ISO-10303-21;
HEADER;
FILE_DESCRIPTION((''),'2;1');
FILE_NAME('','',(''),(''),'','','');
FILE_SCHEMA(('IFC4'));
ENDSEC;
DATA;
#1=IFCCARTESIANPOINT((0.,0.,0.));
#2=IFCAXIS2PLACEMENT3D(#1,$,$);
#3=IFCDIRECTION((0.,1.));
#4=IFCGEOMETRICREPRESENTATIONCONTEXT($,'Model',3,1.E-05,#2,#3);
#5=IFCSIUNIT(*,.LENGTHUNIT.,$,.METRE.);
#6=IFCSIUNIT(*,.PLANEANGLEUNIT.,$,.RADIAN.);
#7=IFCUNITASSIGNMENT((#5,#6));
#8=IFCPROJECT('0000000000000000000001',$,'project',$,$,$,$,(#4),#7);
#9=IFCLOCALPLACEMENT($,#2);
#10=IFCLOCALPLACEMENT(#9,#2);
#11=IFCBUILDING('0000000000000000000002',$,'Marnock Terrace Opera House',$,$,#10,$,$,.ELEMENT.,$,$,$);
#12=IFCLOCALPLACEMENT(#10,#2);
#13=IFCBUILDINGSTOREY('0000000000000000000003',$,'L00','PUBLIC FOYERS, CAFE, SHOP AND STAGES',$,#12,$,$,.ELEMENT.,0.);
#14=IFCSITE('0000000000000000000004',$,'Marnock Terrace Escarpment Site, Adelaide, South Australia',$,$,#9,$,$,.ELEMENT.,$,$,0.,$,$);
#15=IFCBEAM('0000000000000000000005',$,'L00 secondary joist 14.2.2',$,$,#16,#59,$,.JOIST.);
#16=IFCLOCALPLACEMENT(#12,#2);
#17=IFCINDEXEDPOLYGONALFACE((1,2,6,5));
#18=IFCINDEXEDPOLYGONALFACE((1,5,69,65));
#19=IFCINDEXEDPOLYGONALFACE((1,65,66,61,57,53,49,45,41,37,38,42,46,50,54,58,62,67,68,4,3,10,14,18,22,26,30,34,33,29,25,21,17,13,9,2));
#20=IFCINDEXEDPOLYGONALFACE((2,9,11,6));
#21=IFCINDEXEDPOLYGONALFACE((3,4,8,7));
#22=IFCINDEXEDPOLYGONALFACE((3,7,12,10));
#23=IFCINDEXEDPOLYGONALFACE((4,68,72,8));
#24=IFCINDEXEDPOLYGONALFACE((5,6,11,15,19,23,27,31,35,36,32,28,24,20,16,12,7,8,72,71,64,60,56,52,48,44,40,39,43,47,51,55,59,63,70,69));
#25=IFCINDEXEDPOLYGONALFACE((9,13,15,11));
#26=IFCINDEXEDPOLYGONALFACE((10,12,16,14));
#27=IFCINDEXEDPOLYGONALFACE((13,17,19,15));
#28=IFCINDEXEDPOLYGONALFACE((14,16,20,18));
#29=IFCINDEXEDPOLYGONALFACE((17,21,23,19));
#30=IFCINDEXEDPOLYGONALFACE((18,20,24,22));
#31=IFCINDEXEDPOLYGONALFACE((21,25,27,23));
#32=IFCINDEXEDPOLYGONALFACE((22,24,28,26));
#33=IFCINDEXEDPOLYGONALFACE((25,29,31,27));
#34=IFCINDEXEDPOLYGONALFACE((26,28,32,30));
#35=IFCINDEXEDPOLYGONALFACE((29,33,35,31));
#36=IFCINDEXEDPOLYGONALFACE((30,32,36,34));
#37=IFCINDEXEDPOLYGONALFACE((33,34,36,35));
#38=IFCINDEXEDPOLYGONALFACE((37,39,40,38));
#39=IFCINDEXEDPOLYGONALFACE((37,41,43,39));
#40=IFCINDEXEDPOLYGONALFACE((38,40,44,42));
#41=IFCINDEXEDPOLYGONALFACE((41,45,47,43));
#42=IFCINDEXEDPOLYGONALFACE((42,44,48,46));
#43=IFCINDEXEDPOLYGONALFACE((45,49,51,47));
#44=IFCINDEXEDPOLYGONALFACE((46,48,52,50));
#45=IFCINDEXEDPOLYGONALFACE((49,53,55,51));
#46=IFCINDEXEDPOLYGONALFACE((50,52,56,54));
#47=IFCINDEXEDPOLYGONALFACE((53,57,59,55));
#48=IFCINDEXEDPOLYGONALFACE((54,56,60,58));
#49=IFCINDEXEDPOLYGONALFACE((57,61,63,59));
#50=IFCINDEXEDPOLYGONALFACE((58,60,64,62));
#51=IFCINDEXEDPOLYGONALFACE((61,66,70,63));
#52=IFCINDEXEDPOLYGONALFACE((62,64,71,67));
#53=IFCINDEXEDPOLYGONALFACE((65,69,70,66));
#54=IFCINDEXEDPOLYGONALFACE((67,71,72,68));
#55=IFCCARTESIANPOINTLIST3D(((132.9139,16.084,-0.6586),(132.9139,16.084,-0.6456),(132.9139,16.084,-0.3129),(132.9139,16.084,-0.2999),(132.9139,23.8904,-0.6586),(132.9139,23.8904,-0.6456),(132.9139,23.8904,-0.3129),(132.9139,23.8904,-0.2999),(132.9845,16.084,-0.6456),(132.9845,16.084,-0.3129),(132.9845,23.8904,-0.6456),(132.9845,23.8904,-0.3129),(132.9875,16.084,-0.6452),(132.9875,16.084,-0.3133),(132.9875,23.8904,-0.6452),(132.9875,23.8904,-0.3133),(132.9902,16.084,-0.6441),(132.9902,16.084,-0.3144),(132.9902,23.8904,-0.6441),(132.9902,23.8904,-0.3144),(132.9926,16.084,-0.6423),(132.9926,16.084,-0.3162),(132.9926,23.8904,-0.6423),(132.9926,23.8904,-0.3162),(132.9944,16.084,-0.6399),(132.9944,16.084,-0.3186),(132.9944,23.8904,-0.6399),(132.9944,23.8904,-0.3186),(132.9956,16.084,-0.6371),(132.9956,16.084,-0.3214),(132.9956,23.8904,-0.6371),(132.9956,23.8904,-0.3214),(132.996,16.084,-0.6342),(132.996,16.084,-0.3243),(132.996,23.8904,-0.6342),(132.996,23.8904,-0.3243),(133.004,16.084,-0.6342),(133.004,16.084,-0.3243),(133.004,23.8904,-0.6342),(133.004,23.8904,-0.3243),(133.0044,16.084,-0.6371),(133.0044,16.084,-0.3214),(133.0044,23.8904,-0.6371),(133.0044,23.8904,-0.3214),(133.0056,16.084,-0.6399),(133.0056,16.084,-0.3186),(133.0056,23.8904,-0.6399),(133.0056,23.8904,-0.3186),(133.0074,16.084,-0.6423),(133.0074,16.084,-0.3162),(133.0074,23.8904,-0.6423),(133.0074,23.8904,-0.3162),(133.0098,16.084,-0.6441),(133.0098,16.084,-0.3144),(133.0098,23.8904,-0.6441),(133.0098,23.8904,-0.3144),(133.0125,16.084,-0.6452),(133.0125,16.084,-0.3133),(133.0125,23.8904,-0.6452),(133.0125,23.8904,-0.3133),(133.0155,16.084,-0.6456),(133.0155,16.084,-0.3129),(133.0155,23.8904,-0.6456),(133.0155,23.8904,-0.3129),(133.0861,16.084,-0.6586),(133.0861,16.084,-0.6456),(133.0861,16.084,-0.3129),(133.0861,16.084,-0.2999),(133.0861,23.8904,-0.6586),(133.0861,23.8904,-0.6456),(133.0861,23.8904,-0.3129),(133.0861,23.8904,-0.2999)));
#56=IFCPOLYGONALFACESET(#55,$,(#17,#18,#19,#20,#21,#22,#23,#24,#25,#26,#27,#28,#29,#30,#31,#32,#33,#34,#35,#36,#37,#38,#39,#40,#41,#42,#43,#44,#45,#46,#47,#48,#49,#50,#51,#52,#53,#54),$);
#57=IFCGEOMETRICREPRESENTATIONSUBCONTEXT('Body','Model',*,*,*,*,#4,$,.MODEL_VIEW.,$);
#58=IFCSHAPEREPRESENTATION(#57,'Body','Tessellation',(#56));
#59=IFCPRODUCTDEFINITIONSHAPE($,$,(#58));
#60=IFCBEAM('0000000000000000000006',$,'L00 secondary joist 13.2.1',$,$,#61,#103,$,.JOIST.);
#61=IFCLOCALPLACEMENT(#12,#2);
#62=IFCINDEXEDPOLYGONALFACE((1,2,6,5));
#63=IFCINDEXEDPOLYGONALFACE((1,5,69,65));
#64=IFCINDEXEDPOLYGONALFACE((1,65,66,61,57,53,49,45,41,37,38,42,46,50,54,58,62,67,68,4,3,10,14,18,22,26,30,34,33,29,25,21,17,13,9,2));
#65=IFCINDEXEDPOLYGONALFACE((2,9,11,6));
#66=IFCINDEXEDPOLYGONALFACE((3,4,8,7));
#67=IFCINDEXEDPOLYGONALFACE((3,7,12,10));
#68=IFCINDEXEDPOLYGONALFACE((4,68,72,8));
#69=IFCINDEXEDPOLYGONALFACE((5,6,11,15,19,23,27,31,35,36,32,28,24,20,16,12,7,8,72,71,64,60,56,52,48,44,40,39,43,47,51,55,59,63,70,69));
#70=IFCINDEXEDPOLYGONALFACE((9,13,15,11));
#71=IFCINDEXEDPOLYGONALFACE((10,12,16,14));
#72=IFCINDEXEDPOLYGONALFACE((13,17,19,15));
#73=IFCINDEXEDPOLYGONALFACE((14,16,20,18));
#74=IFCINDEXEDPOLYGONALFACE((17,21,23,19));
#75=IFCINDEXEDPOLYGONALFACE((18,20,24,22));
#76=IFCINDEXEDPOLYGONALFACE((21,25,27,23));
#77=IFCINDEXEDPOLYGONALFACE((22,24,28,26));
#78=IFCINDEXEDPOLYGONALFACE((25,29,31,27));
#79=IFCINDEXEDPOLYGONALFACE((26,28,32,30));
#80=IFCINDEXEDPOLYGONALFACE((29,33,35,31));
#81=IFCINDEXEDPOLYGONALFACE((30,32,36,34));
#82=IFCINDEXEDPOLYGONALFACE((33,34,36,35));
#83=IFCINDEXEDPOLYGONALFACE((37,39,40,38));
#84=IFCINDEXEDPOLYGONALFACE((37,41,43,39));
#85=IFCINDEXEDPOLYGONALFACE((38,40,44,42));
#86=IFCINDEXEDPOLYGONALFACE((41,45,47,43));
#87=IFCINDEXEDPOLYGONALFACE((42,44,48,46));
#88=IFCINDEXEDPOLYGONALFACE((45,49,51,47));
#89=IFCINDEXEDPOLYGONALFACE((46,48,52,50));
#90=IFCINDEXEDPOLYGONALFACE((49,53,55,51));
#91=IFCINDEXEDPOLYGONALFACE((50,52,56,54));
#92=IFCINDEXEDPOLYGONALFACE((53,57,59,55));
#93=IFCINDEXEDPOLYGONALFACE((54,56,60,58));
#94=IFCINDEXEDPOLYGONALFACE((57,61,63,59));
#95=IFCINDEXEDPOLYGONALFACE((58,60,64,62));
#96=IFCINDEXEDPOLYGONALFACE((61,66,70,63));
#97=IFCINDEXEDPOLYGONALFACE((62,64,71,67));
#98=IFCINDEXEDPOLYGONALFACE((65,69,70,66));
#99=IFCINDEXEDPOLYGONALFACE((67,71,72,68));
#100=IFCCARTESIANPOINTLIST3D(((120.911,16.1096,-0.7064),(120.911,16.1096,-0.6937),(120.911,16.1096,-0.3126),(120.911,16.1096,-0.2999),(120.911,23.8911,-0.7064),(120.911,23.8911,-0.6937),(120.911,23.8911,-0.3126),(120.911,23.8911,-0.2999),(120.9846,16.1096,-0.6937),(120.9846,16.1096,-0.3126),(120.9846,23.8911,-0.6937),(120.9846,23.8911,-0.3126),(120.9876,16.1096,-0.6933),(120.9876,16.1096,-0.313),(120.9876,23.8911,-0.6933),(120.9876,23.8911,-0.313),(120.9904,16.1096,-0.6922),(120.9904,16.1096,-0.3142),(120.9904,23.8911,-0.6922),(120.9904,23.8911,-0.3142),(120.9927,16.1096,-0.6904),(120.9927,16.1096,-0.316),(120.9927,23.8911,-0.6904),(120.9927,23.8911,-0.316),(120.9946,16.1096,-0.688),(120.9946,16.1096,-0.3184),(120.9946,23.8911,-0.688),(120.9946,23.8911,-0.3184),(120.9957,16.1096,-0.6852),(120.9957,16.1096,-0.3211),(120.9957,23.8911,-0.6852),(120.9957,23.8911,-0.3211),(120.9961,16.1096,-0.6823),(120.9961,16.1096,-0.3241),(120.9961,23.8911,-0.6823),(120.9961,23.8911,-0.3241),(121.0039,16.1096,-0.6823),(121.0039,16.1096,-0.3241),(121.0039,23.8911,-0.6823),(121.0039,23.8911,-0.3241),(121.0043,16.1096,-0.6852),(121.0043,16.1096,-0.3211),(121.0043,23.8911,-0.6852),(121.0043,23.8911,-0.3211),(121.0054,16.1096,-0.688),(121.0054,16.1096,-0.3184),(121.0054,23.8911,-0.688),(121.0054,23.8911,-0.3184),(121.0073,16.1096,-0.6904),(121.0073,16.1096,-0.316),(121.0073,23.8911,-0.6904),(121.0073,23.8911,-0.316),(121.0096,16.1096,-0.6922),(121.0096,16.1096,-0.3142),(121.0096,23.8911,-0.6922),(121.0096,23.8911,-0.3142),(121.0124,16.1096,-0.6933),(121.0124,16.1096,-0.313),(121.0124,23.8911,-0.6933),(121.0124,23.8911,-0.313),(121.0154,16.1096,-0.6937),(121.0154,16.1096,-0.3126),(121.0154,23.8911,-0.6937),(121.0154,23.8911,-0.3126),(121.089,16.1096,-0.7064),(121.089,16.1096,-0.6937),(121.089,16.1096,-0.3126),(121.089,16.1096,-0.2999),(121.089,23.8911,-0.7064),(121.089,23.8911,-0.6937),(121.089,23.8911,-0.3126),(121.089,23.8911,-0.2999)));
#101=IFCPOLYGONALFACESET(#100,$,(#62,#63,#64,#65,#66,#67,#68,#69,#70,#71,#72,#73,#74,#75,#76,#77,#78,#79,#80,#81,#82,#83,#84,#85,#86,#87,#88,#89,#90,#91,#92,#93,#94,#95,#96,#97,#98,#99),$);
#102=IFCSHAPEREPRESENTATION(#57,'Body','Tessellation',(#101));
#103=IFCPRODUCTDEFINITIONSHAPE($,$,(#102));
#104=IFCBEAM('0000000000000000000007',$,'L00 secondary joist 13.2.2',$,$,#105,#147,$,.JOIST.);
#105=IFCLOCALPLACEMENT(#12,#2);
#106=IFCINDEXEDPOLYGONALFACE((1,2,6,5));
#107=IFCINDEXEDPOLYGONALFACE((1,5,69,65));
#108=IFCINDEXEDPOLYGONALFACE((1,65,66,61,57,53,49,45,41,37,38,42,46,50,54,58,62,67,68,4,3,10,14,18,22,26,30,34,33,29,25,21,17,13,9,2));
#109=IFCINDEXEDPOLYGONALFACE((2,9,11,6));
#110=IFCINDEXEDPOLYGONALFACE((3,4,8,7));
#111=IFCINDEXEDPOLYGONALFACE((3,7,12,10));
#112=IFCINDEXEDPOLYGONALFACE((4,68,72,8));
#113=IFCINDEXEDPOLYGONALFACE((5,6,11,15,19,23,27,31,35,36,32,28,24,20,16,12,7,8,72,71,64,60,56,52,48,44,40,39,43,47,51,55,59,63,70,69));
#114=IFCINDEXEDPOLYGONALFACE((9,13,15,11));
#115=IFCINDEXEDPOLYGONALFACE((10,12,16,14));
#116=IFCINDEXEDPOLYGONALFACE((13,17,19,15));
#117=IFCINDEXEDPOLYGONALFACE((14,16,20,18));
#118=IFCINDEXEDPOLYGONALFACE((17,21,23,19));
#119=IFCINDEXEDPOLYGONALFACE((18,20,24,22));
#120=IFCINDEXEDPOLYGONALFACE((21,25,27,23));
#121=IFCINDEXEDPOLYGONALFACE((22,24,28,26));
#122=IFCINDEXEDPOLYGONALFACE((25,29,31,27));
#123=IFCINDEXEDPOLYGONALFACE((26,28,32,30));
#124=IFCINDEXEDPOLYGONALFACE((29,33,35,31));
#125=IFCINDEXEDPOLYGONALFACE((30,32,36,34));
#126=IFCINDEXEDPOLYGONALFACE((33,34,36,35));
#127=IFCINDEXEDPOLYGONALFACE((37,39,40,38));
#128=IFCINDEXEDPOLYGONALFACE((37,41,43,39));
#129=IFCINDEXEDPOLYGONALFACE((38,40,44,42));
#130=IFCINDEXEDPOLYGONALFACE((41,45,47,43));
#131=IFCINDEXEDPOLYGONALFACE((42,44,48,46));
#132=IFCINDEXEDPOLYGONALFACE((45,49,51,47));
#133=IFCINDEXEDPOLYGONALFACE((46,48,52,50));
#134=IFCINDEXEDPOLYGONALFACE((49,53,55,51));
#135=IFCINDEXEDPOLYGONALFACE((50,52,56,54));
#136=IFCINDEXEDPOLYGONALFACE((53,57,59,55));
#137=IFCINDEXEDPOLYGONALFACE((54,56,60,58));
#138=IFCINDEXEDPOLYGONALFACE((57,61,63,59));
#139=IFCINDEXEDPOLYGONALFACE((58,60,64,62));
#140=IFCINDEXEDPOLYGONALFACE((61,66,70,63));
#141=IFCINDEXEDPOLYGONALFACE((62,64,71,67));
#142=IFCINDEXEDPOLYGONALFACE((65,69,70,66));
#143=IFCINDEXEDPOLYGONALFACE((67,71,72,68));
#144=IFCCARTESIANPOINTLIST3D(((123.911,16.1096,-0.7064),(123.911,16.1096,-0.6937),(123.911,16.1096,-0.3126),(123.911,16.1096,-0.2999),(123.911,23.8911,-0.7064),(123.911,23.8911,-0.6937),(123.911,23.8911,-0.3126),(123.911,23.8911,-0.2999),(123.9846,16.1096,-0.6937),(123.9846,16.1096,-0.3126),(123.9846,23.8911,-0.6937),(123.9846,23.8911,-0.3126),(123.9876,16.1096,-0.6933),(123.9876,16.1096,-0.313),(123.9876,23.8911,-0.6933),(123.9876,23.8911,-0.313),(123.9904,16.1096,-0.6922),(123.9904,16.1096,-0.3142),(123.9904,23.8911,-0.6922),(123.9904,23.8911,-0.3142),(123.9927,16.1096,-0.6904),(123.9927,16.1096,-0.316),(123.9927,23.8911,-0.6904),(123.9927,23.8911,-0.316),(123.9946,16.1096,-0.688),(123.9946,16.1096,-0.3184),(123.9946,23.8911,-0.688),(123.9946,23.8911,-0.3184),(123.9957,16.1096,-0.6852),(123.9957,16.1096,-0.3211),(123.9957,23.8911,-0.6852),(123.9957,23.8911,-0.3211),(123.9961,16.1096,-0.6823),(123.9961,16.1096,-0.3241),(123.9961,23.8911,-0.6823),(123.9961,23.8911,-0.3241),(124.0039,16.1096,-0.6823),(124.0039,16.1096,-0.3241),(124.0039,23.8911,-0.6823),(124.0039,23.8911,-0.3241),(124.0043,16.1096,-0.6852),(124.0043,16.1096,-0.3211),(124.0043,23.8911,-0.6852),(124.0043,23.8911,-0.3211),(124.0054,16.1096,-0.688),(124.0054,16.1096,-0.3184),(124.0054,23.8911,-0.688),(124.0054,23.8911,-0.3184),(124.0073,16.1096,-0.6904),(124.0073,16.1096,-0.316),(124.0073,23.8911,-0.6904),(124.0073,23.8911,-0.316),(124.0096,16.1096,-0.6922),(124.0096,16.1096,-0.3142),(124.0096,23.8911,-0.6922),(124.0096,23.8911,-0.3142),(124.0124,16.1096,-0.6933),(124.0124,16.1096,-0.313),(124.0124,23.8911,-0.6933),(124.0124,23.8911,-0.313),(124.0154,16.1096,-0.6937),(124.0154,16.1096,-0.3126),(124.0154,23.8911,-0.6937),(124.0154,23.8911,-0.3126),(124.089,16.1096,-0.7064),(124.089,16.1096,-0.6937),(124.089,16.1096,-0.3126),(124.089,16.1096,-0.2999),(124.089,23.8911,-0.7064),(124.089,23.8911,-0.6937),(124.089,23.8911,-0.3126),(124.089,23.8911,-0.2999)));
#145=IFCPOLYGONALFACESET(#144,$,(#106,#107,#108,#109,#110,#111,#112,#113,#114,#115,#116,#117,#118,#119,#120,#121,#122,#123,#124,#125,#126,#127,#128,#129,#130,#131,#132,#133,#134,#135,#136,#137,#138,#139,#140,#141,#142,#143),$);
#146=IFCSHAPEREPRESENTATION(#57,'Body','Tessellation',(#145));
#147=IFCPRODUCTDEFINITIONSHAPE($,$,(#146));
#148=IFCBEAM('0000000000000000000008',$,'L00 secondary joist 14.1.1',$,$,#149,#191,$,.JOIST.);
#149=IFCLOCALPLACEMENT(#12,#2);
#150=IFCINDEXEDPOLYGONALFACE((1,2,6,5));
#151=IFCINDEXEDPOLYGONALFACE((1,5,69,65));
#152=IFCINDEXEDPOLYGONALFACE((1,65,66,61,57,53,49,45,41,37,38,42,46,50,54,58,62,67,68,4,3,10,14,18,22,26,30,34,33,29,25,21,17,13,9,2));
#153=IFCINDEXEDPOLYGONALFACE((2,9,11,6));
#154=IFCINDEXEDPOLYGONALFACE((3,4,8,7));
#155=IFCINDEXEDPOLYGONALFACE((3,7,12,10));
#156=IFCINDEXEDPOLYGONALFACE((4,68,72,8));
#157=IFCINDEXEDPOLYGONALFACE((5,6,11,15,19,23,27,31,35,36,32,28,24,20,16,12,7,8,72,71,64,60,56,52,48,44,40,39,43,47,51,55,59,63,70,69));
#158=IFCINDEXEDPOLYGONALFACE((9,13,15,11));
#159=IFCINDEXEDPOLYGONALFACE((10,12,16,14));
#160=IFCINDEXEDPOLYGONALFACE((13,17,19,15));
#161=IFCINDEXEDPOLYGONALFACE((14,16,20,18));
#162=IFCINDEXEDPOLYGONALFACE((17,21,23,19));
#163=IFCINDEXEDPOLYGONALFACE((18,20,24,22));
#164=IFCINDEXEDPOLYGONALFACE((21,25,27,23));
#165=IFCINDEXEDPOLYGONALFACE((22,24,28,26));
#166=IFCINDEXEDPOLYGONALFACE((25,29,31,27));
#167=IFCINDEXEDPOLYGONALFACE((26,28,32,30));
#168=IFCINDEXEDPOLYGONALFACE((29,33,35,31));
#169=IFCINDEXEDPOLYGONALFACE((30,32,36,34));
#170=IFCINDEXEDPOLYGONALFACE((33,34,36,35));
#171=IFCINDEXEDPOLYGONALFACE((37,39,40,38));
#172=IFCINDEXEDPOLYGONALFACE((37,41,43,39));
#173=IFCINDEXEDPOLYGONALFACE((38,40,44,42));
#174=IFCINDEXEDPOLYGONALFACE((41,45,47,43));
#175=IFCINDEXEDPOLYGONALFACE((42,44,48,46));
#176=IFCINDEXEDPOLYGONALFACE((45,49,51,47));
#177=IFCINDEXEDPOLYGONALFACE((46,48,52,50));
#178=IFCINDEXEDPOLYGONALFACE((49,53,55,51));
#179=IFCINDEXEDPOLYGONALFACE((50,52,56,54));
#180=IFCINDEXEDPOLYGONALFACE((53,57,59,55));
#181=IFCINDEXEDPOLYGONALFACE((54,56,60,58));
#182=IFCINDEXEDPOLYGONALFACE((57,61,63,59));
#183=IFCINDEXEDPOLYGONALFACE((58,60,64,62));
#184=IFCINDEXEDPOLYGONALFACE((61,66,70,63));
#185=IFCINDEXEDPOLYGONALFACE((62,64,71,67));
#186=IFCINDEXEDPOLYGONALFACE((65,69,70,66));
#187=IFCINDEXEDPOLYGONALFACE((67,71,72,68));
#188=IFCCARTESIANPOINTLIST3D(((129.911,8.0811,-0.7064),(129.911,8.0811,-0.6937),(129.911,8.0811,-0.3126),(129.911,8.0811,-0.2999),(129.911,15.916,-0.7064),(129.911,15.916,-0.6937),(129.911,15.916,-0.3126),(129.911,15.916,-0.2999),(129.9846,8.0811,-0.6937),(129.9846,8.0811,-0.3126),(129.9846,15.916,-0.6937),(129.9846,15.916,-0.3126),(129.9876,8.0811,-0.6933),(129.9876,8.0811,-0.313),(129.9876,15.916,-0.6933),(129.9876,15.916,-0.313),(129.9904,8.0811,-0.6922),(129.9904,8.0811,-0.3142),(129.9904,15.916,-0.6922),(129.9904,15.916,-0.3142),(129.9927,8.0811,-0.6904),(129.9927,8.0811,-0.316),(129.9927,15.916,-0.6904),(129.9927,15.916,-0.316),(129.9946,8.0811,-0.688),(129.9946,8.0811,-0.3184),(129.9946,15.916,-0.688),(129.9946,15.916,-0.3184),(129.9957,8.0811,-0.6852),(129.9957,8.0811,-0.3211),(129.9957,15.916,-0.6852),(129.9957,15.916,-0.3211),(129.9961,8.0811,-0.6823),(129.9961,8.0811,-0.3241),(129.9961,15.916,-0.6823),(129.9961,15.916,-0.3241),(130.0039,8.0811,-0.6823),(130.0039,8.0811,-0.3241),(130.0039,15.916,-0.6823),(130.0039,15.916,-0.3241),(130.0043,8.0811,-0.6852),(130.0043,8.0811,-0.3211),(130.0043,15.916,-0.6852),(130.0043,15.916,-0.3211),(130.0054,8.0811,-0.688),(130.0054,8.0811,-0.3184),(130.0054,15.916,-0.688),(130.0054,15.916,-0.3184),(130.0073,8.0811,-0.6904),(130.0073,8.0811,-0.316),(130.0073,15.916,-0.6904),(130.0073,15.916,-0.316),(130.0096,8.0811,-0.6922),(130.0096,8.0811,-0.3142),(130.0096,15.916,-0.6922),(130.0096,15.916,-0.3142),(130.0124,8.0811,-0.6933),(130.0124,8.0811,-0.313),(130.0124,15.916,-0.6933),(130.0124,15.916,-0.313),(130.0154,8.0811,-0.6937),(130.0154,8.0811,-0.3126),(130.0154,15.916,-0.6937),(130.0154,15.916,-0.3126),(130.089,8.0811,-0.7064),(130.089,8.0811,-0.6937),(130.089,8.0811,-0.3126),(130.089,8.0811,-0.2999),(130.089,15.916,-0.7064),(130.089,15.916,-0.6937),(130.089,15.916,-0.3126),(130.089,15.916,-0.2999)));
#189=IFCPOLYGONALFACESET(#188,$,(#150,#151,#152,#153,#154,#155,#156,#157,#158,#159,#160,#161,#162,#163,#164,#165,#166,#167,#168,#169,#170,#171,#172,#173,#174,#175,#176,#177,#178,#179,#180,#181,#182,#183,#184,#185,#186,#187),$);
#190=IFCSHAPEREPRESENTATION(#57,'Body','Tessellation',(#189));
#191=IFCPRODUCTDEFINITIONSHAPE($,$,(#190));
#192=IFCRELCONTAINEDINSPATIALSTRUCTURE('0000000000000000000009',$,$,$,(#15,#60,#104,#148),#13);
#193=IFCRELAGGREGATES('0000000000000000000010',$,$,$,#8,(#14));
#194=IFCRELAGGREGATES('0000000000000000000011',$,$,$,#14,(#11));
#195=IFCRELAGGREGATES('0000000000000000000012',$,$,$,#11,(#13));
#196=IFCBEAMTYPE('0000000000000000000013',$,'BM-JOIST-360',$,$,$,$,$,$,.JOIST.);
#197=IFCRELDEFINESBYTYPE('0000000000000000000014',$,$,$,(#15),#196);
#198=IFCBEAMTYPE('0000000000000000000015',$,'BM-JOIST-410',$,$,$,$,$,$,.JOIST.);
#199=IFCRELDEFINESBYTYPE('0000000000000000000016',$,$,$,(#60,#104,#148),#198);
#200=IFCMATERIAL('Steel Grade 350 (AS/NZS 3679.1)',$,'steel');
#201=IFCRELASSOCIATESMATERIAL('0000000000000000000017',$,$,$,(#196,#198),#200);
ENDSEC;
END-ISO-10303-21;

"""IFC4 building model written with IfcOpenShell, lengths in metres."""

from ifc_helpers import new_model, si_unit, direction, frame, origin, origin_2d, place, context, subcontext, project, spatial, i_section, extrude, material, material_profile, profile_set, type_object, element, save


model = new_model("IFC4")

# Units and contexts
model_context = context("Model", 3, precision=1e-05, world=origin(), true_north=direction((0.0, 1.0)))
body_context = subcontext(model_context, "Body", "Model", "MODEL_VIEW")
ifc_project = project(units=[si_unit("LENGTHUNIT", "METRE"), si_unit("PLANEANGLEUNIT", "RADIAN")], contexts=[model_context])

# Site, building, storey
site_placement = place(None, origin())
site = spatial("IfcSite", under=ifc_project, at=site_placement, Name="Marnock Terrace Escarpment Site, Adelaide, South Australia", CompositionType="ELEMENT", RefElevation=0.0)
building_placement = place(site_placement, origin())
building = spatial("IfcBuilding", under=site, at=building_placement, Name="Marnock Terrace Opera House", CompositionType="ELEMENT")
storey_placement = place(building_placement, origin())
storey = spatial("IfcBuildingStorey", under=building, at=storey_placement, Name="L00", Description="PUBLIC FOYERS, CAFE, SHOP AND STAGES", CompositionType="ELEMENT", Elevation=0.0)

# Beams
ifc_material_1 = material(Name="Steel Grade 350 (AS/NZS 3679.1)", Category="steel")
ifc_material_profile_1 = material_profile(ifc_material_1, i_section(OverallWidth=0.1721, OverallDepth=0.3586, WebThickness=0.0081, FlangeThickness=0.0129, FilletRadius=0.0115, at=origin_2d()))
ifc_profile_set_1 = profile_set([ifc_material_profile_1], Name="Steel Grade 350 (AS/NZS 3679.1)")
beam_type_1 = type_object("IfcBeamType", Name="BM-JOIST-360", PredefinedType="JOIST", material=ifc_profile_set_1)
for number, where, z_axis, x_axis, name in (
    (1, (133.0, 16.084, -0.4792), (0.0, 1.0, 0.0), (-1.0, 0.0, 0.0), "L00 secondary joist 14.2.2"),
):
    element("IfcBeam", number, at=place(storey_placement, frame(where, z_axis=z_axis, x_axis=x_axis)), inside=storey, type_object=beam_type_1, Name=name, PredefinedType="JOIST", context=body_context, shape_type="SweptSolid", body=[
        extrude(i_section(OverallWidth=0.1721, OverallDepth=0.3586, WebThickness=0.0081, FlangeThickness=0.0129, FilletRadius=0.0115, at=origin_2d()), origin(), (0.0, 0.0, 1.0), 7.8064),
    ])
ifc_material_profile_2 = material_profile(ifc_material_1, i_section(OverallWidth=0.178, OverallDepth=0.4065, WebThickness=0.0078, FlangeThickness=0.0127, FilletRadius=0.0115, at=origin_2d()))
ifc_profile_set_2 = profile_set([ifc_material_profile_2], Name="Steel Grade 350 (AS/NZS 3679.1)")
beam_type_2 = type_object("IfcBeamType", Name="BM-JOIST-410", PredefinedType="JOIST", material=ifc_profile_set_2)
for number, where, z_axis, x_axis, name in (
    (2, (121.0, 16.1096, -0.5032), (0.0, 1.0, 0.0), (-1.0, 0.0, 0.0), "L00 secondary joist 13.2.1"),
    (3, (124.0, 16.1096, -0.5032), (0.0, 1.0, 0.0), (-1.0, 0.0, 0.0), "L00 secondary joist 13.2.2"),
):
    element("IfcBeam", number, at=place(storey_placement, frame(where, z_axis=z_axis, x_axis=x_axis)), inside=storey, type_object=beam_type_2, Name=name, PredefinedType="JOIST", context=body_context, shape_type="SweptSolid", body=[
        extrude(i_section(OverallWidth=0.178, OverallDepth=0.4065, WebThickness=0.0078, FlangeThickness=0.0127, FilletRadius=0.0115, at=origin_2d()), origin(), (0.0, 0.0, 1.0), 7.7815),
    ])
for number, where, z_axis, x_axis, name in (
    (4, (130.0, 8.0811, -0.5032), (0.0, 1.0, 0.0), (-1.0, 0.0, 0.0), "L00 secondary joist 14.1.1"),
):
    element("IfcBeam", number, at=place(storey_placement, frame(where, z_axis=z_axis, x_axis=x_axis)), inside=storey, type_object=beam_type_2, Name=name, PredefinedType="JOIST", context=body_context, shape_type="SweptSolid", body=[
        extrude(i_section(OverallWidth=0.178, OverallDepth=0.4065, WebThickness=0.0078, FlangeThickness=0.0127, FilletRadius=0.0115, at=origin_2d()), origin(), (0.0, 0.0, 1.0), 7.835),
    ])

save(model, "model.ifc")
